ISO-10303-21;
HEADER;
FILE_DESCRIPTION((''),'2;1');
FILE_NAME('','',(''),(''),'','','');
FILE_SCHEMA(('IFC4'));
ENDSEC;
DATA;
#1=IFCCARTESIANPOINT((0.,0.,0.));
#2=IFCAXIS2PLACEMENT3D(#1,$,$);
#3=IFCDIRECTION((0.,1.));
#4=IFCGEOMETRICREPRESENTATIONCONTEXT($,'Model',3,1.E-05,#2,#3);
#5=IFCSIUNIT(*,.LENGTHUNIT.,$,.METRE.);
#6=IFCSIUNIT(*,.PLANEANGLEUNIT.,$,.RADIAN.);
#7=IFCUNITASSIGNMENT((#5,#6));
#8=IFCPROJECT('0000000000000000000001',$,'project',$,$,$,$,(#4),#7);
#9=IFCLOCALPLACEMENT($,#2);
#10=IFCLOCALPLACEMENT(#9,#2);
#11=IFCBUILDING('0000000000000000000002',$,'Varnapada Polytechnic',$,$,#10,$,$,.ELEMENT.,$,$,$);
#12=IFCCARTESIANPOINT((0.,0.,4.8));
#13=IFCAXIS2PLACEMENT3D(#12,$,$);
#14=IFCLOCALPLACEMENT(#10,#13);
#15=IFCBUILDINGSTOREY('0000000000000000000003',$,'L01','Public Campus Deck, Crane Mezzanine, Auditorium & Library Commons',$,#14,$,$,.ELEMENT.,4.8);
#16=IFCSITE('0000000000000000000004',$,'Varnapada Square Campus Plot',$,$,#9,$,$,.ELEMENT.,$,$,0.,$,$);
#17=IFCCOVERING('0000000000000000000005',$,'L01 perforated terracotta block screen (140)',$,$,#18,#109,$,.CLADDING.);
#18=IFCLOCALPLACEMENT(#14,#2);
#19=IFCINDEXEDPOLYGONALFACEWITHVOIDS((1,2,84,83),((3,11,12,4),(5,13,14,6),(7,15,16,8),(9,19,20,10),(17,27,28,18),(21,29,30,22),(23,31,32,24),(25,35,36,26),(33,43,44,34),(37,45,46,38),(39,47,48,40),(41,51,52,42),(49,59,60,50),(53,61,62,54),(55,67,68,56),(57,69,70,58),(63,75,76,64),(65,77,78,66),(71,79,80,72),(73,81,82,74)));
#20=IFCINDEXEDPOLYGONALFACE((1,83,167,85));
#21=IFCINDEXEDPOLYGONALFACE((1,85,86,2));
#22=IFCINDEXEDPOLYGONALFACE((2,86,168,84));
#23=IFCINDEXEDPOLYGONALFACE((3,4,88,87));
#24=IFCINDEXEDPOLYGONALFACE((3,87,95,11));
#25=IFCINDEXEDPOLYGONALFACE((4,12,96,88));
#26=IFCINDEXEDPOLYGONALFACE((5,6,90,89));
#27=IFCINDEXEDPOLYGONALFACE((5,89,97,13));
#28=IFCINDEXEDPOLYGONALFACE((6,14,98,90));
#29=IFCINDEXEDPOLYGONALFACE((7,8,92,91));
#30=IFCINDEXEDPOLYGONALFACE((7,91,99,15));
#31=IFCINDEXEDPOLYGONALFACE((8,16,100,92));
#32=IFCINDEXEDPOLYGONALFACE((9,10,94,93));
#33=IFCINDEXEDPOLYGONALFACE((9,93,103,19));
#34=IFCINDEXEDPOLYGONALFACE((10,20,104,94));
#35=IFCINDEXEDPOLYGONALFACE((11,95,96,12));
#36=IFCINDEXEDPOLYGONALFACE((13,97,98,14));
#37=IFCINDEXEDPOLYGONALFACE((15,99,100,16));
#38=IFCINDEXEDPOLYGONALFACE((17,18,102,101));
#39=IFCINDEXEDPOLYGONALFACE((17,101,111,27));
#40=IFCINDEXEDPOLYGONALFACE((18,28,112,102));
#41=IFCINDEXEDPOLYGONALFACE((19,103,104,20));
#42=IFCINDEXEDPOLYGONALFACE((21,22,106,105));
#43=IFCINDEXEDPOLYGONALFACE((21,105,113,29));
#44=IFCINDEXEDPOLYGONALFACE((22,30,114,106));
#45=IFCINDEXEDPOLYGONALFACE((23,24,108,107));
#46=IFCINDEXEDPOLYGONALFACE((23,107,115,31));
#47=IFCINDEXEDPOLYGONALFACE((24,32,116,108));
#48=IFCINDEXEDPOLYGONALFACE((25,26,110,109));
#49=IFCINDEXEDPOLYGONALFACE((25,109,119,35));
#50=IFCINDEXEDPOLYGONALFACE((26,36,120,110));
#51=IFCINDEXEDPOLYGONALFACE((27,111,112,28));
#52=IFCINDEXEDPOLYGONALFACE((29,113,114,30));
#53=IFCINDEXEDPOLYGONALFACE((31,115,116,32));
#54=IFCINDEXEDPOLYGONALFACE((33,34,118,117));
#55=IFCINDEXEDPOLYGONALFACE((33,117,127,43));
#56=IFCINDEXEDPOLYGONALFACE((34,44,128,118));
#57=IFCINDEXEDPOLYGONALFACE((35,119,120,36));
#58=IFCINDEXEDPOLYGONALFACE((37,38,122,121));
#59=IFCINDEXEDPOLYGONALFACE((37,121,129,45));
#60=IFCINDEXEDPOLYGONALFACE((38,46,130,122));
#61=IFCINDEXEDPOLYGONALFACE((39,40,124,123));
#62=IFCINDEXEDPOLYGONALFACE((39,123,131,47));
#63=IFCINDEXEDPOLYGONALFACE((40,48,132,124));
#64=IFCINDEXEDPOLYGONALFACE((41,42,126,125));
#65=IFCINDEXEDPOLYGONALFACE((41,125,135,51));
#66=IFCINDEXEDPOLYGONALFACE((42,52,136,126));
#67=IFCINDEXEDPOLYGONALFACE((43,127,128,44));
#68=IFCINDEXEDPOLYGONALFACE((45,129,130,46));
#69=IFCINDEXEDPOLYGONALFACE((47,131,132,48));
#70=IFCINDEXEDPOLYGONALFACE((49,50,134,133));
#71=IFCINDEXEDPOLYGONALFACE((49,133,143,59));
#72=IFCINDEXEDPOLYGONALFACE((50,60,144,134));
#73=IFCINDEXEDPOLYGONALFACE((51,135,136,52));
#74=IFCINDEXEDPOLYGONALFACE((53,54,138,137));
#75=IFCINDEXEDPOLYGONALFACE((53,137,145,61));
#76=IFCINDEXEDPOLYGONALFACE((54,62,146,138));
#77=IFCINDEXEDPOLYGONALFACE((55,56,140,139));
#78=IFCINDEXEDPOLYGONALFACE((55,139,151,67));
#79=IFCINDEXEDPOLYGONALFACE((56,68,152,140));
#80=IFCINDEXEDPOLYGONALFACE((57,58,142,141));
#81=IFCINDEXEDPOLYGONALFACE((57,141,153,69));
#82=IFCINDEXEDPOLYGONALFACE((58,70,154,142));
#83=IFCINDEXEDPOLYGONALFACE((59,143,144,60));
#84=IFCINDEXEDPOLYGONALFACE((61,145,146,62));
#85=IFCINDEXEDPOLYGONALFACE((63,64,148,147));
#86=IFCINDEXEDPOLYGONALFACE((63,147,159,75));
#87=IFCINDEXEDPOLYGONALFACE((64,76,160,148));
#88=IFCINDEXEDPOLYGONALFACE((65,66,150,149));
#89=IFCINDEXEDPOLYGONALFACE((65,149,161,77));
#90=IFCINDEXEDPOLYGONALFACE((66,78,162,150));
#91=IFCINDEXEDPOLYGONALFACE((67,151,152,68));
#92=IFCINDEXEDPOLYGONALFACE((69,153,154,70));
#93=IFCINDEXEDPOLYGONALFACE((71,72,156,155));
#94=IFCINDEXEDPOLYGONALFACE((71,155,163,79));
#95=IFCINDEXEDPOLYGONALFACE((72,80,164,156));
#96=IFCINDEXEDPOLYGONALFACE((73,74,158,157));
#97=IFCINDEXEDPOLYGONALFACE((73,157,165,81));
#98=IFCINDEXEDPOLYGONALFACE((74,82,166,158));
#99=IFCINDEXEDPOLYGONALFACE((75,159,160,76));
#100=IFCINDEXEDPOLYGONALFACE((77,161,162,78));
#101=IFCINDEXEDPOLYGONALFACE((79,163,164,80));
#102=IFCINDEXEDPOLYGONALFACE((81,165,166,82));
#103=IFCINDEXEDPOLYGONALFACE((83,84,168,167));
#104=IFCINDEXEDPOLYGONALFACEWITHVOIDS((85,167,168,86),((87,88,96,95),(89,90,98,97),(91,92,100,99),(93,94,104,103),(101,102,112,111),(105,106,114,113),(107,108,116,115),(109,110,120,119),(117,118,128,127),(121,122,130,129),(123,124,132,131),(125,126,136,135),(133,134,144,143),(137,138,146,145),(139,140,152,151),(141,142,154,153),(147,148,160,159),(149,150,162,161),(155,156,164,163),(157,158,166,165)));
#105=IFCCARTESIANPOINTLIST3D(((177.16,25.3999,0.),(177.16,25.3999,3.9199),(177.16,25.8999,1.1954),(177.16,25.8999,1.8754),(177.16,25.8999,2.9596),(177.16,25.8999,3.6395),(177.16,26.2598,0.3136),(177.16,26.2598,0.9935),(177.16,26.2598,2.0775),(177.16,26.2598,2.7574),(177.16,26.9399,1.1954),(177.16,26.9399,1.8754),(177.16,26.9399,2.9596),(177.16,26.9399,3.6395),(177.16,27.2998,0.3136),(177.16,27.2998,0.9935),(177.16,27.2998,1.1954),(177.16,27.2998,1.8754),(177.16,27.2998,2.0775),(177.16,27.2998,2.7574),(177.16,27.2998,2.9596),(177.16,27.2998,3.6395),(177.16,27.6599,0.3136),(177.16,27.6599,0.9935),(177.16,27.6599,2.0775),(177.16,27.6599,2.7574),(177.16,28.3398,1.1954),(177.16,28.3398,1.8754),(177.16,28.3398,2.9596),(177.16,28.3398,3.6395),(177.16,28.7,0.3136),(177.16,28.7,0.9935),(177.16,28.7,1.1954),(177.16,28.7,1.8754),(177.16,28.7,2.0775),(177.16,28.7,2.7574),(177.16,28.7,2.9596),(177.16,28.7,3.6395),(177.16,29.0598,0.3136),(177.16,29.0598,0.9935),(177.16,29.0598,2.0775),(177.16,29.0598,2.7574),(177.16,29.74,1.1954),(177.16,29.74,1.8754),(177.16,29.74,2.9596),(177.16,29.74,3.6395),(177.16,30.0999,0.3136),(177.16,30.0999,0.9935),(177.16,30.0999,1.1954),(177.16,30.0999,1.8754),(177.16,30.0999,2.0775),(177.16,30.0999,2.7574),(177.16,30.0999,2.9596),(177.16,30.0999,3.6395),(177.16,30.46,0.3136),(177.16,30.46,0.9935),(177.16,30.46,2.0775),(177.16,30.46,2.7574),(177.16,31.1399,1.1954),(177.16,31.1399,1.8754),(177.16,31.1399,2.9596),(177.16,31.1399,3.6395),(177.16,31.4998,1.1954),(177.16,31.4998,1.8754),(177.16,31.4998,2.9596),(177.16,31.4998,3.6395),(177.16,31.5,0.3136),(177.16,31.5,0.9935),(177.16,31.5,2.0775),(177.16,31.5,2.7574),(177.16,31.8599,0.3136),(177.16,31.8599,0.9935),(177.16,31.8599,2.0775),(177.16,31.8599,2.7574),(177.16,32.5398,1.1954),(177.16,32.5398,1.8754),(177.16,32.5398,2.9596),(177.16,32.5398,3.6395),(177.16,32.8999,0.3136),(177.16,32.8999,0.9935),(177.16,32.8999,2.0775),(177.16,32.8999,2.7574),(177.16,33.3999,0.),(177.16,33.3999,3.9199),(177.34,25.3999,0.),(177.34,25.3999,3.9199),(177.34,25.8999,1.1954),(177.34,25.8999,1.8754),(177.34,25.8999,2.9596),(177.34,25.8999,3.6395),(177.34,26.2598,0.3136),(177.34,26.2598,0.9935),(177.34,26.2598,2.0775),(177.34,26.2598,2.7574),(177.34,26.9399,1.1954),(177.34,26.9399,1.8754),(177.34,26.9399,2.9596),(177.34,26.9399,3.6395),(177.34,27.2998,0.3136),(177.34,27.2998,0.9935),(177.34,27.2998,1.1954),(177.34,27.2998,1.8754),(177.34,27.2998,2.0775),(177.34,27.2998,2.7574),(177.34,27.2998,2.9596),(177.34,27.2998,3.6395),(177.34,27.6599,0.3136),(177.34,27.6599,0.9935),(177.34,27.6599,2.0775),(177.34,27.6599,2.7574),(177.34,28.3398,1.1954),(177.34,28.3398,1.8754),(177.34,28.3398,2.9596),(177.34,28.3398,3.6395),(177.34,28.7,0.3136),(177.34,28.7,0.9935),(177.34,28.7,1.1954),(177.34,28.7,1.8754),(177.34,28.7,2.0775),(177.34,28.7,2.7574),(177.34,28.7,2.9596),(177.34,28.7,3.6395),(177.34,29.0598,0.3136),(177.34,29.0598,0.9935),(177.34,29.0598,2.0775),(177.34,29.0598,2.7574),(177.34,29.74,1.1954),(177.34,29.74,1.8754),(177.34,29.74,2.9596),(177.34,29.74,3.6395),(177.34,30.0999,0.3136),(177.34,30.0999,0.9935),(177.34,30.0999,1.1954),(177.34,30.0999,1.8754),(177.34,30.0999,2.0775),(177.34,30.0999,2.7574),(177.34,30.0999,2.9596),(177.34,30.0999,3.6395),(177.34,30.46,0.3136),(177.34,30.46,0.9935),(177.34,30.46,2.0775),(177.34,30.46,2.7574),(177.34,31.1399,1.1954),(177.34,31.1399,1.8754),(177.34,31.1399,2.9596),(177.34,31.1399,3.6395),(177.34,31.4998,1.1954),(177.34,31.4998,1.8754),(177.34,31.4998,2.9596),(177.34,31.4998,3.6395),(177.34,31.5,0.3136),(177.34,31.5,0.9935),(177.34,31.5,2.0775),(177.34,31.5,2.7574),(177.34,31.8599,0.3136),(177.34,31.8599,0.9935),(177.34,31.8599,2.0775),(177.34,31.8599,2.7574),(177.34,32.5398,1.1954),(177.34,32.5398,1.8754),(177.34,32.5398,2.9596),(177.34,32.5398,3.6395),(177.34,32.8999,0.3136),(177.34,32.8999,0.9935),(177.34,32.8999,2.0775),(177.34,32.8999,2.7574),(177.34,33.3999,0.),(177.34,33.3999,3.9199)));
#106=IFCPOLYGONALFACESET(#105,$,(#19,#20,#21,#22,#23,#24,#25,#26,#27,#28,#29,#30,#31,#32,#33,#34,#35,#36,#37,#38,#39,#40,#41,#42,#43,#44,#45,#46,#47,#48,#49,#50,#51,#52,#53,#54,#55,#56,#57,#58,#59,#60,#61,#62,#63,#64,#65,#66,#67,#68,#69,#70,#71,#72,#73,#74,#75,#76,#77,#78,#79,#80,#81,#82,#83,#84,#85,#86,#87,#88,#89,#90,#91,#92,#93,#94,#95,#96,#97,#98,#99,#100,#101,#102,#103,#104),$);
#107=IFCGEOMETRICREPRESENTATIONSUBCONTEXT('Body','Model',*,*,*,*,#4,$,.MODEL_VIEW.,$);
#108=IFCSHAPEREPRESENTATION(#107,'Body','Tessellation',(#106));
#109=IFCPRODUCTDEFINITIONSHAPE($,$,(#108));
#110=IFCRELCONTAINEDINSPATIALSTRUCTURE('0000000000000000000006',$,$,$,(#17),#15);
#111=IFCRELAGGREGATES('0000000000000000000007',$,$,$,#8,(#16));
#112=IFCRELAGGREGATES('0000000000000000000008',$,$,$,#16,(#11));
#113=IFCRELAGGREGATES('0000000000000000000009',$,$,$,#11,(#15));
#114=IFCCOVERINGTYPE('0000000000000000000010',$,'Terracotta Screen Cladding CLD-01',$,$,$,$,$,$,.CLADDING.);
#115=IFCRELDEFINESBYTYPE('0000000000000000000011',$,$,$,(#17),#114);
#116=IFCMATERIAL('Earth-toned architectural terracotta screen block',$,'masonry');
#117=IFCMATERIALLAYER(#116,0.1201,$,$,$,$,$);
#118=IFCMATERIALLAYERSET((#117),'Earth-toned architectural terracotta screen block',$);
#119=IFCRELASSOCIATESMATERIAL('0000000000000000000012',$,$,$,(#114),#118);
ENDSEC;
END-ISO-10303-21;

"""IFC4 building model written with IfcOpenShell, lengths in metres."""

from ifc_helpers import new_model, si_unit, direction, frame, frame_2d, origin, place, context, subcontext, project, spatial, rectangle, extrude, material, layer, layer_set, type_object, element, save


model = new_model("IFC4")

# Units and contexts
model_context = context("Model", 3, precision=1e-05, world=origin(), true_north=direction((0.0, 1.0)))
body_context = subcontext(model_context, "Body", "Model", "MODEL_VIEW")
ifc_project = project(units=[si_unit("LENGTHUNIT", "METRE"), si_unit("PLANEANGLEUNIT", "RADIAN")], contexts=[model_context])

# Site, building, storey
site_placement = place(None, origin())
site = spatial("IfcSite", under=ifc_project, at=site_placement, Name="Varnapada Square Campus Plot", CompositionType="ELEMENT", RefElevation=0.0)
building_placement = place(site_placement, origin())
building = spatial("IfcBuilding", under=site, at=building_placement, Name="Varnapada Polytechnic", CompositionType="ELEMENT")
storey_placement = place(building_placement, frame((0.0, 0.0, 4.8)))
storey = spatial("IfcBuildingStorey", under=building, at=storey_placement, Name="L01", Description="Public Campus Deck, Crane Mezzanine, Auditorium & Library Commons", CompositionType="ELEMENT", Elevation=4.8)

# Covering, openings
ifc_material_1 = material(Name="Earth-toned architectural terracotta screen block", Category="masonry")
ifc_layer_1 = layer(ifc_material_1, 0.1201)
ifc_layer_set_1 = layer_set([ifc_layer_1], Name="Earth-toned architectural terracotta screen block")
covering_type = type_object("IfcCoveringType", Name="Terracotta Screen Cladding CLD-01", PredefinedType="CLADDING", material=ifc_layer_set_1)
covering_placement = place(storey_placement, frame((177.25, 33.3999, 0.0), z_axis=(0.0, 0.0, 1.0), x_axis=(0.0, -1.0, 0.0)))
covering = element("IfcCovering", 1, at=covering_placement, inside=storey, type_object=covering_type, Name="L01 perforated terracotta block screen (140)", PredefinedType="CLADDING", context=body_context, shape_type="SweptSolid", body=[
    extrude(rectangle(XDim=8.0, YDim=0.1799, at=frame_2d((4.0, 0.0))), origin(), (0.0, 0.0, 1.0), 3.9199),
])
opening_1_placement = place(covering_placement, frame((0.5, 0.0, 0.3137)))
element("IfcOpeningElement", 2, at=opening_1_placement, cuts=covering, PredefinedType="OPENING", context=body_context, shape_type="SweptSolid", body=[
    extrude(rectangle(XDim=1.04, YDim=0.6799, at=frame_2d((0.52, 0.3398))), frame((0.0, 0.0999, 0.0), z_axis=(0.0, -1.0, 0.0), x_axis=(1.0, 0.0, 0.0)), (0.0, 0.0, 1.0), 0.2),
])
opening_2_placement = place(covering_placement, frame((1.8999, 0.0, 0.3137)))
element("IfcOpeningElement", 3, at=opening_2_placement, cuts=covering, PredefinedType="OPENING", context=body_context, shape_type="SweptSolid", body=[
    extrude(rectangle(XDim=1.04, YDim=0.6799, at=frame_2d((0.52, 0.3398))), frame((0.0, 0.0999, 0.0), z_axis=(0.0, -1.0, 0.0), x_axis=(1.0, 0.0, 0.0)), (0.0, 0.0, 1.0), 0.2),
])
opening_3_placement = place(covering_placement, frame((3.3, 0.0, 0.3137)))
element("IfcOpeningElement", 4, at=opening_3_placement, cuts=covering, PredefinedType="OPENING", context=body_context, shape_type="SweptSolid", body=[
    extrude(rectangle(XDim=1.04, YDim=0.6799, at=frame_2d((0.52, 0.3398))), frame((0.0, 0.0999, 0.0), z_axis=(0.0, -1.0, 0.0), x_axis=(1.0, 0.0, 0.0)), (0.0, 0.0, 1.0), 0.2),
])
opening_4_placement = place(covering_placement, frame((4.7, 0.0, 0.3137)))
element("IfcOpeningElement", 5, at=opening_4_placement, cuts=covering, PredefinedType="OPENING", context=body_context, shape_type="SweptSolid", body=[
    extrude(rectangle(XDim=1.04, YDim=0.6799, at=frame_2d((0.52, 0.3398))), frame((0.0, 0.0999, 0.0), z_axis=(0.0, -1.0, 0.0), x_axis=(1.0, 0.0, 0.0)), (0.0, 0.0, 1.0), 0.2),
])
opening_5_placement = place(covering_placement, frame((6.1001, 0.0, 0.3137)))
element("IfcOpeningElement", 6, at=opening_5_placement, cuts=covering, PredefinedType="OPENING", context=body_context, shape_type="SweptSolid", body=[
    extrude(rectangle(XDim=1.04, YDim=0.6799, at=frame_2d((0.52, 0.3398))), frame((0.0, 0.0999, 0.0), z_axis=(0.0, -1.0, 0.0), x_axis=(1.0, 0.0, 0.0)), (0.0, 0.0, 1.0), 0.2),
])
opening_6_placement = place(covering_placement, frame((0.8601, 0.0, 1.1956)))
element("IfcOpeningElement", 7, at=opening_6_placement, cuts=covering, PredefinedType="OPENING", context=body_context, shape_type="SweptSolid", body=[
    extrude(rectangle(XDim=1.04, YDim=0.6799, at=frame_2d((0.52, 0.3398))), frame((0.0, 0.0999, 0.0), z_axis=(0.0, -1.0, 0.0), x_axis=(1.0, 0.0, 0.0)), (0.0, 0.0, 1.0), 0.2),
])
opening_7_placement = place(covering_placement, frame((2.26, 0.0, 1.1956)))
element("IfcOpeningElement", 8, at=opening_7_placement, cuts=covering, PredefinedType="OPENING", context=body_context, shape_type="SweptSolid", body=[
    extrude(rectangle(XDim=1.04, YDim=0.6799, at=frame_2d((0.52, 0.3398))), frame((0.0, 0.0999, 0.0), z_axis=(0.0, -1.0, 0.0), x_axis=(1.0, 0.0, 0.0)), (0.0, 0.0, 1.0), 0.2),
])
opening_8_placement = place(covering_placement, frame((3.6599, 0.0, 1.1956)))
element("IfcOpeningElement", 9, at=opening_8_placement, cuts=covering, PredefinedType="OPENING", context=body_context, shape_type="SweptSolid", body=[
    extrude(rectangle(XDim=1.04, YDim=0.6799, at=frame_2d((0.52, 0.3398))), frame((0.0, 0.0999, 0.0), z_axis=(0.0, -1.0, 0.0), x_axis=(1.0, 0.0, 0.0)), (0.0, 0.0, 1.0), 0.2),
])
opening_9_placement = place(covering_placement, frame((5.0601, 0.0, 1.1956)))
element("IfcOpeningElement", 10, at=opening_9_placement, cuts=covering, PredefinedType="OPENING", context=body_context, shape_type="SweptSolid", body=[
    extrude(rectangle(XDim=1.04, YDim=0.6799, at=frame_2d((0.52, 0.3398))), frame((0.0, 0.0999, 0.0), z_axis=(0.0, -1.0, 0.0), x_axis=(1.0, 0.0, 0.0)), (0.0, 0.0, 1.0), 0.2),
])
opening_10_placement = place(covering_placement, frame((6.46, 0.0, 1.1956)))
element("IfcOpeningElement", 11, at=opening_10_placement, cuts=covering, PredefinedType="OPENING", context=body_context, shape_type="SweptSolid", body=[
    extrude(rectangle(XDim=1.04, YDim=0.6799, at=frame_2d((0.52, 0.3398))), frame((0.0, 0.0999, 0.0), z_axis=(0.0, -1.0, 0.0), x_axis=(1.0, 0.0, 0.0)), (0.0, 0.0, 1.0), 0.2),
])
opening_11_placement = place(covering_placement, frame((0.5, 0.0, 2.0776)))
element("IfcOpeningElement", 12, at=opening_11_placement, cuts=covering, PredefinedType="OPENING", context=body_context, shape_type="SweptSolid", body=[
    extrude(rectangle(XDim=1.04, YDim=0.6799, at=frame_2d((0.52, 0.3398))), frame((0.0, 0.0999, 0.0), z_axis=(0.0, -1.0, 0.0), x_axis=(1.0, 0.0, 0.0)), (0.0, 0.0, 1.0), 0.2),
])
opening_12_placement = place(covering_placement, frame((1.8999, 0.0, 2.0776)))
element("IfcOpeningElement", 13, at=opening_12_placement, cuts=covering, PredefinedType="OPENING", context=body_context, shape_type="SweptSolid", body=[
    extrude(rectangle(XDim=1.04, YDim=0.6799, at=frame_2d((0.52, 0.3398))), frame((0.0, 0.0999, 0.0), z_axis=(0.0, -1.0, 0.0), x_axis=(1.0, 0.0, 0.0)), (0.0, 0.0, 1.0), 0.2),
])
opening_13_placement = place(covering_placement, frame((3.3, 0.0, 2.0776)))
element("IfcOpeningElement", 14, at=opening_13_placement, cuts=covering, PredefinedType="OPENING", context=body_context, shape_type="SweptSolid", body=[
    extrude(rectangle(XDim=1.04, YDim=0.6799, at=frame_2d((0.52, 0.3398))), frame((0.0, 0.0999, 0.0), z_axis=(0.0, -1.0, 0.0), x_axis=(1.0, 0.0, 0.0)), (0.0, 0.0, 1.0), 0.2),
])
opening_14_placement = place(covering_placement, frame((4.7, 0.0, 2.0776)))
element("IfcOpeningElement", 15, at=opening_14_placement, cuts=covering, PredefinedType="OPENING", context=body_context, shape_type="SweptSolid", body=[
    extrude(rectangle(XDim=1.04, YDim=0.6799, at=frame_2d((0.52, 0.3398))), frame((0.0, 0.0999, 0.0), z_axis=(0.0, -1.0, 0.0), x_axis=(1.0, 0.0, 0.0)), (0.0, 0.0, 1.0), 0.2),
])
opening_15_placement = place(covering_placement, frame((6.1001, 0.0, 2.0776)))
element("IfcOpeningElement", 16, at=opening_15_placement, cuts=covering, PredefinedType="OPENING", context=body_context, shape_type="SweptSolid", body=[
    extrude(rectangle(XDim=1.04, YDim=0.6799, at=frame_2d((0.52, 0.3398))), frame((0.0, 0.0999, 0.0), z_axis=(0.0, -1.0, 0.0), x_axis=(1.0, 0.0, 0.0)), (0.0, 0.0, 1.0), 0.2),
])
opening_16_placement = place(covering_placement, frame((0.8601, 0.0, 2.9597)))
element("IfcOpeningElement", 17, at=opening_16_placement, cuts=covering, PredefinedType="OPENING", context=body_context, shape_type="SweptSolid", body=[
    extrude(rectangle(XDim=1.04, YDim=0.6799, at=frame_2d((0.52, 0.3398))), frame((0.0, 0.0999, 0.0), z_axis=(0.0, -1.0, 0.0), x_axis=(1.0, 0.0, 0.0)), (0.0, 0.0, 1.0), 0.2),
])
opening_17_placement = place(covering_placement, frame((2.26, 0.0, 2.9597)))
element("IfcOpeningElement", 18, at=opening_17_placement, cuts=covering, PredefinedType="OPENING", context=body_context, shape_type="SweptSolid", body=[
    extrude(rectangle(XDim=1.04, YDim=0.6799, at=frame_2d((0.52, 0.3398))), frame((0.0, 0.0999, 0.0), z_axis=(0.0, -1.0, 0.0), x_axis=(1.0, 0.0, 0.0)), (0.0, 0.0, 1.0), 0.2),
])
opening_18_placement = place(covering_placement, frame((3.6599, 0.0, 2.9597)))
element("IfcOpeningElement", 19, at=opening_18_placement, cuts=covering, PredefinedType="OPENING", context=body_context, shape_type="SweptSolid", body=[
    extrude(rectangle(XDim=1.04, YDim=0.6799, at=frame_2d((0.52, 0.3398))), frame((0.0, 0.0999, 0.0), z_axis=(0.0, -1.0, 0.0), x_axis=(1.0, 0.0, 0.0)), (0.0, 0.0, 1.0), 0.2),
])
opening_19_placement = place(covering_placement, frame((5.0601, 0.0, 2.9597)))
element("IfcOpeningElement", 20, at=opening_19_placement, cuts=covering, PredefinedType="OPENING", context=body_context, shape_type="SweptSolid", body=[
    extrude(rectangle(XDim=1.04, YDim=0.6799, at=frame_2d((0.52, 0.3398))), frame((0.0, 0.0999, 0.0), z_axis=(0.0, -1.0, 0.0), x_axis=(1.0, 0.0, 0.0)), (0.0, 0.0, 1.0), 0.2),
])
opening_20_placement = place(covering_placement, frame((6.46, 0.0, 2.9597)))
element("IfcOpeningElement", 21, at=opening_20_placement, cuts=covering, PredefinedType="OPENING", context=body_context, shape_type="SweptSolid", body=[
    extrude(rectangle(XDim=1.04, YDim=0.6799, at=frame_2d((0.52, 0.3398))), frame((0.0, 0.0999, 0.0), z_axis=(0.0, -1.0, 0.0), x_axis=(1.0, 0.0, 0.0)), (0.0, 0.0, 1.0), 0.2),
])

save(model, "model.ifc")
